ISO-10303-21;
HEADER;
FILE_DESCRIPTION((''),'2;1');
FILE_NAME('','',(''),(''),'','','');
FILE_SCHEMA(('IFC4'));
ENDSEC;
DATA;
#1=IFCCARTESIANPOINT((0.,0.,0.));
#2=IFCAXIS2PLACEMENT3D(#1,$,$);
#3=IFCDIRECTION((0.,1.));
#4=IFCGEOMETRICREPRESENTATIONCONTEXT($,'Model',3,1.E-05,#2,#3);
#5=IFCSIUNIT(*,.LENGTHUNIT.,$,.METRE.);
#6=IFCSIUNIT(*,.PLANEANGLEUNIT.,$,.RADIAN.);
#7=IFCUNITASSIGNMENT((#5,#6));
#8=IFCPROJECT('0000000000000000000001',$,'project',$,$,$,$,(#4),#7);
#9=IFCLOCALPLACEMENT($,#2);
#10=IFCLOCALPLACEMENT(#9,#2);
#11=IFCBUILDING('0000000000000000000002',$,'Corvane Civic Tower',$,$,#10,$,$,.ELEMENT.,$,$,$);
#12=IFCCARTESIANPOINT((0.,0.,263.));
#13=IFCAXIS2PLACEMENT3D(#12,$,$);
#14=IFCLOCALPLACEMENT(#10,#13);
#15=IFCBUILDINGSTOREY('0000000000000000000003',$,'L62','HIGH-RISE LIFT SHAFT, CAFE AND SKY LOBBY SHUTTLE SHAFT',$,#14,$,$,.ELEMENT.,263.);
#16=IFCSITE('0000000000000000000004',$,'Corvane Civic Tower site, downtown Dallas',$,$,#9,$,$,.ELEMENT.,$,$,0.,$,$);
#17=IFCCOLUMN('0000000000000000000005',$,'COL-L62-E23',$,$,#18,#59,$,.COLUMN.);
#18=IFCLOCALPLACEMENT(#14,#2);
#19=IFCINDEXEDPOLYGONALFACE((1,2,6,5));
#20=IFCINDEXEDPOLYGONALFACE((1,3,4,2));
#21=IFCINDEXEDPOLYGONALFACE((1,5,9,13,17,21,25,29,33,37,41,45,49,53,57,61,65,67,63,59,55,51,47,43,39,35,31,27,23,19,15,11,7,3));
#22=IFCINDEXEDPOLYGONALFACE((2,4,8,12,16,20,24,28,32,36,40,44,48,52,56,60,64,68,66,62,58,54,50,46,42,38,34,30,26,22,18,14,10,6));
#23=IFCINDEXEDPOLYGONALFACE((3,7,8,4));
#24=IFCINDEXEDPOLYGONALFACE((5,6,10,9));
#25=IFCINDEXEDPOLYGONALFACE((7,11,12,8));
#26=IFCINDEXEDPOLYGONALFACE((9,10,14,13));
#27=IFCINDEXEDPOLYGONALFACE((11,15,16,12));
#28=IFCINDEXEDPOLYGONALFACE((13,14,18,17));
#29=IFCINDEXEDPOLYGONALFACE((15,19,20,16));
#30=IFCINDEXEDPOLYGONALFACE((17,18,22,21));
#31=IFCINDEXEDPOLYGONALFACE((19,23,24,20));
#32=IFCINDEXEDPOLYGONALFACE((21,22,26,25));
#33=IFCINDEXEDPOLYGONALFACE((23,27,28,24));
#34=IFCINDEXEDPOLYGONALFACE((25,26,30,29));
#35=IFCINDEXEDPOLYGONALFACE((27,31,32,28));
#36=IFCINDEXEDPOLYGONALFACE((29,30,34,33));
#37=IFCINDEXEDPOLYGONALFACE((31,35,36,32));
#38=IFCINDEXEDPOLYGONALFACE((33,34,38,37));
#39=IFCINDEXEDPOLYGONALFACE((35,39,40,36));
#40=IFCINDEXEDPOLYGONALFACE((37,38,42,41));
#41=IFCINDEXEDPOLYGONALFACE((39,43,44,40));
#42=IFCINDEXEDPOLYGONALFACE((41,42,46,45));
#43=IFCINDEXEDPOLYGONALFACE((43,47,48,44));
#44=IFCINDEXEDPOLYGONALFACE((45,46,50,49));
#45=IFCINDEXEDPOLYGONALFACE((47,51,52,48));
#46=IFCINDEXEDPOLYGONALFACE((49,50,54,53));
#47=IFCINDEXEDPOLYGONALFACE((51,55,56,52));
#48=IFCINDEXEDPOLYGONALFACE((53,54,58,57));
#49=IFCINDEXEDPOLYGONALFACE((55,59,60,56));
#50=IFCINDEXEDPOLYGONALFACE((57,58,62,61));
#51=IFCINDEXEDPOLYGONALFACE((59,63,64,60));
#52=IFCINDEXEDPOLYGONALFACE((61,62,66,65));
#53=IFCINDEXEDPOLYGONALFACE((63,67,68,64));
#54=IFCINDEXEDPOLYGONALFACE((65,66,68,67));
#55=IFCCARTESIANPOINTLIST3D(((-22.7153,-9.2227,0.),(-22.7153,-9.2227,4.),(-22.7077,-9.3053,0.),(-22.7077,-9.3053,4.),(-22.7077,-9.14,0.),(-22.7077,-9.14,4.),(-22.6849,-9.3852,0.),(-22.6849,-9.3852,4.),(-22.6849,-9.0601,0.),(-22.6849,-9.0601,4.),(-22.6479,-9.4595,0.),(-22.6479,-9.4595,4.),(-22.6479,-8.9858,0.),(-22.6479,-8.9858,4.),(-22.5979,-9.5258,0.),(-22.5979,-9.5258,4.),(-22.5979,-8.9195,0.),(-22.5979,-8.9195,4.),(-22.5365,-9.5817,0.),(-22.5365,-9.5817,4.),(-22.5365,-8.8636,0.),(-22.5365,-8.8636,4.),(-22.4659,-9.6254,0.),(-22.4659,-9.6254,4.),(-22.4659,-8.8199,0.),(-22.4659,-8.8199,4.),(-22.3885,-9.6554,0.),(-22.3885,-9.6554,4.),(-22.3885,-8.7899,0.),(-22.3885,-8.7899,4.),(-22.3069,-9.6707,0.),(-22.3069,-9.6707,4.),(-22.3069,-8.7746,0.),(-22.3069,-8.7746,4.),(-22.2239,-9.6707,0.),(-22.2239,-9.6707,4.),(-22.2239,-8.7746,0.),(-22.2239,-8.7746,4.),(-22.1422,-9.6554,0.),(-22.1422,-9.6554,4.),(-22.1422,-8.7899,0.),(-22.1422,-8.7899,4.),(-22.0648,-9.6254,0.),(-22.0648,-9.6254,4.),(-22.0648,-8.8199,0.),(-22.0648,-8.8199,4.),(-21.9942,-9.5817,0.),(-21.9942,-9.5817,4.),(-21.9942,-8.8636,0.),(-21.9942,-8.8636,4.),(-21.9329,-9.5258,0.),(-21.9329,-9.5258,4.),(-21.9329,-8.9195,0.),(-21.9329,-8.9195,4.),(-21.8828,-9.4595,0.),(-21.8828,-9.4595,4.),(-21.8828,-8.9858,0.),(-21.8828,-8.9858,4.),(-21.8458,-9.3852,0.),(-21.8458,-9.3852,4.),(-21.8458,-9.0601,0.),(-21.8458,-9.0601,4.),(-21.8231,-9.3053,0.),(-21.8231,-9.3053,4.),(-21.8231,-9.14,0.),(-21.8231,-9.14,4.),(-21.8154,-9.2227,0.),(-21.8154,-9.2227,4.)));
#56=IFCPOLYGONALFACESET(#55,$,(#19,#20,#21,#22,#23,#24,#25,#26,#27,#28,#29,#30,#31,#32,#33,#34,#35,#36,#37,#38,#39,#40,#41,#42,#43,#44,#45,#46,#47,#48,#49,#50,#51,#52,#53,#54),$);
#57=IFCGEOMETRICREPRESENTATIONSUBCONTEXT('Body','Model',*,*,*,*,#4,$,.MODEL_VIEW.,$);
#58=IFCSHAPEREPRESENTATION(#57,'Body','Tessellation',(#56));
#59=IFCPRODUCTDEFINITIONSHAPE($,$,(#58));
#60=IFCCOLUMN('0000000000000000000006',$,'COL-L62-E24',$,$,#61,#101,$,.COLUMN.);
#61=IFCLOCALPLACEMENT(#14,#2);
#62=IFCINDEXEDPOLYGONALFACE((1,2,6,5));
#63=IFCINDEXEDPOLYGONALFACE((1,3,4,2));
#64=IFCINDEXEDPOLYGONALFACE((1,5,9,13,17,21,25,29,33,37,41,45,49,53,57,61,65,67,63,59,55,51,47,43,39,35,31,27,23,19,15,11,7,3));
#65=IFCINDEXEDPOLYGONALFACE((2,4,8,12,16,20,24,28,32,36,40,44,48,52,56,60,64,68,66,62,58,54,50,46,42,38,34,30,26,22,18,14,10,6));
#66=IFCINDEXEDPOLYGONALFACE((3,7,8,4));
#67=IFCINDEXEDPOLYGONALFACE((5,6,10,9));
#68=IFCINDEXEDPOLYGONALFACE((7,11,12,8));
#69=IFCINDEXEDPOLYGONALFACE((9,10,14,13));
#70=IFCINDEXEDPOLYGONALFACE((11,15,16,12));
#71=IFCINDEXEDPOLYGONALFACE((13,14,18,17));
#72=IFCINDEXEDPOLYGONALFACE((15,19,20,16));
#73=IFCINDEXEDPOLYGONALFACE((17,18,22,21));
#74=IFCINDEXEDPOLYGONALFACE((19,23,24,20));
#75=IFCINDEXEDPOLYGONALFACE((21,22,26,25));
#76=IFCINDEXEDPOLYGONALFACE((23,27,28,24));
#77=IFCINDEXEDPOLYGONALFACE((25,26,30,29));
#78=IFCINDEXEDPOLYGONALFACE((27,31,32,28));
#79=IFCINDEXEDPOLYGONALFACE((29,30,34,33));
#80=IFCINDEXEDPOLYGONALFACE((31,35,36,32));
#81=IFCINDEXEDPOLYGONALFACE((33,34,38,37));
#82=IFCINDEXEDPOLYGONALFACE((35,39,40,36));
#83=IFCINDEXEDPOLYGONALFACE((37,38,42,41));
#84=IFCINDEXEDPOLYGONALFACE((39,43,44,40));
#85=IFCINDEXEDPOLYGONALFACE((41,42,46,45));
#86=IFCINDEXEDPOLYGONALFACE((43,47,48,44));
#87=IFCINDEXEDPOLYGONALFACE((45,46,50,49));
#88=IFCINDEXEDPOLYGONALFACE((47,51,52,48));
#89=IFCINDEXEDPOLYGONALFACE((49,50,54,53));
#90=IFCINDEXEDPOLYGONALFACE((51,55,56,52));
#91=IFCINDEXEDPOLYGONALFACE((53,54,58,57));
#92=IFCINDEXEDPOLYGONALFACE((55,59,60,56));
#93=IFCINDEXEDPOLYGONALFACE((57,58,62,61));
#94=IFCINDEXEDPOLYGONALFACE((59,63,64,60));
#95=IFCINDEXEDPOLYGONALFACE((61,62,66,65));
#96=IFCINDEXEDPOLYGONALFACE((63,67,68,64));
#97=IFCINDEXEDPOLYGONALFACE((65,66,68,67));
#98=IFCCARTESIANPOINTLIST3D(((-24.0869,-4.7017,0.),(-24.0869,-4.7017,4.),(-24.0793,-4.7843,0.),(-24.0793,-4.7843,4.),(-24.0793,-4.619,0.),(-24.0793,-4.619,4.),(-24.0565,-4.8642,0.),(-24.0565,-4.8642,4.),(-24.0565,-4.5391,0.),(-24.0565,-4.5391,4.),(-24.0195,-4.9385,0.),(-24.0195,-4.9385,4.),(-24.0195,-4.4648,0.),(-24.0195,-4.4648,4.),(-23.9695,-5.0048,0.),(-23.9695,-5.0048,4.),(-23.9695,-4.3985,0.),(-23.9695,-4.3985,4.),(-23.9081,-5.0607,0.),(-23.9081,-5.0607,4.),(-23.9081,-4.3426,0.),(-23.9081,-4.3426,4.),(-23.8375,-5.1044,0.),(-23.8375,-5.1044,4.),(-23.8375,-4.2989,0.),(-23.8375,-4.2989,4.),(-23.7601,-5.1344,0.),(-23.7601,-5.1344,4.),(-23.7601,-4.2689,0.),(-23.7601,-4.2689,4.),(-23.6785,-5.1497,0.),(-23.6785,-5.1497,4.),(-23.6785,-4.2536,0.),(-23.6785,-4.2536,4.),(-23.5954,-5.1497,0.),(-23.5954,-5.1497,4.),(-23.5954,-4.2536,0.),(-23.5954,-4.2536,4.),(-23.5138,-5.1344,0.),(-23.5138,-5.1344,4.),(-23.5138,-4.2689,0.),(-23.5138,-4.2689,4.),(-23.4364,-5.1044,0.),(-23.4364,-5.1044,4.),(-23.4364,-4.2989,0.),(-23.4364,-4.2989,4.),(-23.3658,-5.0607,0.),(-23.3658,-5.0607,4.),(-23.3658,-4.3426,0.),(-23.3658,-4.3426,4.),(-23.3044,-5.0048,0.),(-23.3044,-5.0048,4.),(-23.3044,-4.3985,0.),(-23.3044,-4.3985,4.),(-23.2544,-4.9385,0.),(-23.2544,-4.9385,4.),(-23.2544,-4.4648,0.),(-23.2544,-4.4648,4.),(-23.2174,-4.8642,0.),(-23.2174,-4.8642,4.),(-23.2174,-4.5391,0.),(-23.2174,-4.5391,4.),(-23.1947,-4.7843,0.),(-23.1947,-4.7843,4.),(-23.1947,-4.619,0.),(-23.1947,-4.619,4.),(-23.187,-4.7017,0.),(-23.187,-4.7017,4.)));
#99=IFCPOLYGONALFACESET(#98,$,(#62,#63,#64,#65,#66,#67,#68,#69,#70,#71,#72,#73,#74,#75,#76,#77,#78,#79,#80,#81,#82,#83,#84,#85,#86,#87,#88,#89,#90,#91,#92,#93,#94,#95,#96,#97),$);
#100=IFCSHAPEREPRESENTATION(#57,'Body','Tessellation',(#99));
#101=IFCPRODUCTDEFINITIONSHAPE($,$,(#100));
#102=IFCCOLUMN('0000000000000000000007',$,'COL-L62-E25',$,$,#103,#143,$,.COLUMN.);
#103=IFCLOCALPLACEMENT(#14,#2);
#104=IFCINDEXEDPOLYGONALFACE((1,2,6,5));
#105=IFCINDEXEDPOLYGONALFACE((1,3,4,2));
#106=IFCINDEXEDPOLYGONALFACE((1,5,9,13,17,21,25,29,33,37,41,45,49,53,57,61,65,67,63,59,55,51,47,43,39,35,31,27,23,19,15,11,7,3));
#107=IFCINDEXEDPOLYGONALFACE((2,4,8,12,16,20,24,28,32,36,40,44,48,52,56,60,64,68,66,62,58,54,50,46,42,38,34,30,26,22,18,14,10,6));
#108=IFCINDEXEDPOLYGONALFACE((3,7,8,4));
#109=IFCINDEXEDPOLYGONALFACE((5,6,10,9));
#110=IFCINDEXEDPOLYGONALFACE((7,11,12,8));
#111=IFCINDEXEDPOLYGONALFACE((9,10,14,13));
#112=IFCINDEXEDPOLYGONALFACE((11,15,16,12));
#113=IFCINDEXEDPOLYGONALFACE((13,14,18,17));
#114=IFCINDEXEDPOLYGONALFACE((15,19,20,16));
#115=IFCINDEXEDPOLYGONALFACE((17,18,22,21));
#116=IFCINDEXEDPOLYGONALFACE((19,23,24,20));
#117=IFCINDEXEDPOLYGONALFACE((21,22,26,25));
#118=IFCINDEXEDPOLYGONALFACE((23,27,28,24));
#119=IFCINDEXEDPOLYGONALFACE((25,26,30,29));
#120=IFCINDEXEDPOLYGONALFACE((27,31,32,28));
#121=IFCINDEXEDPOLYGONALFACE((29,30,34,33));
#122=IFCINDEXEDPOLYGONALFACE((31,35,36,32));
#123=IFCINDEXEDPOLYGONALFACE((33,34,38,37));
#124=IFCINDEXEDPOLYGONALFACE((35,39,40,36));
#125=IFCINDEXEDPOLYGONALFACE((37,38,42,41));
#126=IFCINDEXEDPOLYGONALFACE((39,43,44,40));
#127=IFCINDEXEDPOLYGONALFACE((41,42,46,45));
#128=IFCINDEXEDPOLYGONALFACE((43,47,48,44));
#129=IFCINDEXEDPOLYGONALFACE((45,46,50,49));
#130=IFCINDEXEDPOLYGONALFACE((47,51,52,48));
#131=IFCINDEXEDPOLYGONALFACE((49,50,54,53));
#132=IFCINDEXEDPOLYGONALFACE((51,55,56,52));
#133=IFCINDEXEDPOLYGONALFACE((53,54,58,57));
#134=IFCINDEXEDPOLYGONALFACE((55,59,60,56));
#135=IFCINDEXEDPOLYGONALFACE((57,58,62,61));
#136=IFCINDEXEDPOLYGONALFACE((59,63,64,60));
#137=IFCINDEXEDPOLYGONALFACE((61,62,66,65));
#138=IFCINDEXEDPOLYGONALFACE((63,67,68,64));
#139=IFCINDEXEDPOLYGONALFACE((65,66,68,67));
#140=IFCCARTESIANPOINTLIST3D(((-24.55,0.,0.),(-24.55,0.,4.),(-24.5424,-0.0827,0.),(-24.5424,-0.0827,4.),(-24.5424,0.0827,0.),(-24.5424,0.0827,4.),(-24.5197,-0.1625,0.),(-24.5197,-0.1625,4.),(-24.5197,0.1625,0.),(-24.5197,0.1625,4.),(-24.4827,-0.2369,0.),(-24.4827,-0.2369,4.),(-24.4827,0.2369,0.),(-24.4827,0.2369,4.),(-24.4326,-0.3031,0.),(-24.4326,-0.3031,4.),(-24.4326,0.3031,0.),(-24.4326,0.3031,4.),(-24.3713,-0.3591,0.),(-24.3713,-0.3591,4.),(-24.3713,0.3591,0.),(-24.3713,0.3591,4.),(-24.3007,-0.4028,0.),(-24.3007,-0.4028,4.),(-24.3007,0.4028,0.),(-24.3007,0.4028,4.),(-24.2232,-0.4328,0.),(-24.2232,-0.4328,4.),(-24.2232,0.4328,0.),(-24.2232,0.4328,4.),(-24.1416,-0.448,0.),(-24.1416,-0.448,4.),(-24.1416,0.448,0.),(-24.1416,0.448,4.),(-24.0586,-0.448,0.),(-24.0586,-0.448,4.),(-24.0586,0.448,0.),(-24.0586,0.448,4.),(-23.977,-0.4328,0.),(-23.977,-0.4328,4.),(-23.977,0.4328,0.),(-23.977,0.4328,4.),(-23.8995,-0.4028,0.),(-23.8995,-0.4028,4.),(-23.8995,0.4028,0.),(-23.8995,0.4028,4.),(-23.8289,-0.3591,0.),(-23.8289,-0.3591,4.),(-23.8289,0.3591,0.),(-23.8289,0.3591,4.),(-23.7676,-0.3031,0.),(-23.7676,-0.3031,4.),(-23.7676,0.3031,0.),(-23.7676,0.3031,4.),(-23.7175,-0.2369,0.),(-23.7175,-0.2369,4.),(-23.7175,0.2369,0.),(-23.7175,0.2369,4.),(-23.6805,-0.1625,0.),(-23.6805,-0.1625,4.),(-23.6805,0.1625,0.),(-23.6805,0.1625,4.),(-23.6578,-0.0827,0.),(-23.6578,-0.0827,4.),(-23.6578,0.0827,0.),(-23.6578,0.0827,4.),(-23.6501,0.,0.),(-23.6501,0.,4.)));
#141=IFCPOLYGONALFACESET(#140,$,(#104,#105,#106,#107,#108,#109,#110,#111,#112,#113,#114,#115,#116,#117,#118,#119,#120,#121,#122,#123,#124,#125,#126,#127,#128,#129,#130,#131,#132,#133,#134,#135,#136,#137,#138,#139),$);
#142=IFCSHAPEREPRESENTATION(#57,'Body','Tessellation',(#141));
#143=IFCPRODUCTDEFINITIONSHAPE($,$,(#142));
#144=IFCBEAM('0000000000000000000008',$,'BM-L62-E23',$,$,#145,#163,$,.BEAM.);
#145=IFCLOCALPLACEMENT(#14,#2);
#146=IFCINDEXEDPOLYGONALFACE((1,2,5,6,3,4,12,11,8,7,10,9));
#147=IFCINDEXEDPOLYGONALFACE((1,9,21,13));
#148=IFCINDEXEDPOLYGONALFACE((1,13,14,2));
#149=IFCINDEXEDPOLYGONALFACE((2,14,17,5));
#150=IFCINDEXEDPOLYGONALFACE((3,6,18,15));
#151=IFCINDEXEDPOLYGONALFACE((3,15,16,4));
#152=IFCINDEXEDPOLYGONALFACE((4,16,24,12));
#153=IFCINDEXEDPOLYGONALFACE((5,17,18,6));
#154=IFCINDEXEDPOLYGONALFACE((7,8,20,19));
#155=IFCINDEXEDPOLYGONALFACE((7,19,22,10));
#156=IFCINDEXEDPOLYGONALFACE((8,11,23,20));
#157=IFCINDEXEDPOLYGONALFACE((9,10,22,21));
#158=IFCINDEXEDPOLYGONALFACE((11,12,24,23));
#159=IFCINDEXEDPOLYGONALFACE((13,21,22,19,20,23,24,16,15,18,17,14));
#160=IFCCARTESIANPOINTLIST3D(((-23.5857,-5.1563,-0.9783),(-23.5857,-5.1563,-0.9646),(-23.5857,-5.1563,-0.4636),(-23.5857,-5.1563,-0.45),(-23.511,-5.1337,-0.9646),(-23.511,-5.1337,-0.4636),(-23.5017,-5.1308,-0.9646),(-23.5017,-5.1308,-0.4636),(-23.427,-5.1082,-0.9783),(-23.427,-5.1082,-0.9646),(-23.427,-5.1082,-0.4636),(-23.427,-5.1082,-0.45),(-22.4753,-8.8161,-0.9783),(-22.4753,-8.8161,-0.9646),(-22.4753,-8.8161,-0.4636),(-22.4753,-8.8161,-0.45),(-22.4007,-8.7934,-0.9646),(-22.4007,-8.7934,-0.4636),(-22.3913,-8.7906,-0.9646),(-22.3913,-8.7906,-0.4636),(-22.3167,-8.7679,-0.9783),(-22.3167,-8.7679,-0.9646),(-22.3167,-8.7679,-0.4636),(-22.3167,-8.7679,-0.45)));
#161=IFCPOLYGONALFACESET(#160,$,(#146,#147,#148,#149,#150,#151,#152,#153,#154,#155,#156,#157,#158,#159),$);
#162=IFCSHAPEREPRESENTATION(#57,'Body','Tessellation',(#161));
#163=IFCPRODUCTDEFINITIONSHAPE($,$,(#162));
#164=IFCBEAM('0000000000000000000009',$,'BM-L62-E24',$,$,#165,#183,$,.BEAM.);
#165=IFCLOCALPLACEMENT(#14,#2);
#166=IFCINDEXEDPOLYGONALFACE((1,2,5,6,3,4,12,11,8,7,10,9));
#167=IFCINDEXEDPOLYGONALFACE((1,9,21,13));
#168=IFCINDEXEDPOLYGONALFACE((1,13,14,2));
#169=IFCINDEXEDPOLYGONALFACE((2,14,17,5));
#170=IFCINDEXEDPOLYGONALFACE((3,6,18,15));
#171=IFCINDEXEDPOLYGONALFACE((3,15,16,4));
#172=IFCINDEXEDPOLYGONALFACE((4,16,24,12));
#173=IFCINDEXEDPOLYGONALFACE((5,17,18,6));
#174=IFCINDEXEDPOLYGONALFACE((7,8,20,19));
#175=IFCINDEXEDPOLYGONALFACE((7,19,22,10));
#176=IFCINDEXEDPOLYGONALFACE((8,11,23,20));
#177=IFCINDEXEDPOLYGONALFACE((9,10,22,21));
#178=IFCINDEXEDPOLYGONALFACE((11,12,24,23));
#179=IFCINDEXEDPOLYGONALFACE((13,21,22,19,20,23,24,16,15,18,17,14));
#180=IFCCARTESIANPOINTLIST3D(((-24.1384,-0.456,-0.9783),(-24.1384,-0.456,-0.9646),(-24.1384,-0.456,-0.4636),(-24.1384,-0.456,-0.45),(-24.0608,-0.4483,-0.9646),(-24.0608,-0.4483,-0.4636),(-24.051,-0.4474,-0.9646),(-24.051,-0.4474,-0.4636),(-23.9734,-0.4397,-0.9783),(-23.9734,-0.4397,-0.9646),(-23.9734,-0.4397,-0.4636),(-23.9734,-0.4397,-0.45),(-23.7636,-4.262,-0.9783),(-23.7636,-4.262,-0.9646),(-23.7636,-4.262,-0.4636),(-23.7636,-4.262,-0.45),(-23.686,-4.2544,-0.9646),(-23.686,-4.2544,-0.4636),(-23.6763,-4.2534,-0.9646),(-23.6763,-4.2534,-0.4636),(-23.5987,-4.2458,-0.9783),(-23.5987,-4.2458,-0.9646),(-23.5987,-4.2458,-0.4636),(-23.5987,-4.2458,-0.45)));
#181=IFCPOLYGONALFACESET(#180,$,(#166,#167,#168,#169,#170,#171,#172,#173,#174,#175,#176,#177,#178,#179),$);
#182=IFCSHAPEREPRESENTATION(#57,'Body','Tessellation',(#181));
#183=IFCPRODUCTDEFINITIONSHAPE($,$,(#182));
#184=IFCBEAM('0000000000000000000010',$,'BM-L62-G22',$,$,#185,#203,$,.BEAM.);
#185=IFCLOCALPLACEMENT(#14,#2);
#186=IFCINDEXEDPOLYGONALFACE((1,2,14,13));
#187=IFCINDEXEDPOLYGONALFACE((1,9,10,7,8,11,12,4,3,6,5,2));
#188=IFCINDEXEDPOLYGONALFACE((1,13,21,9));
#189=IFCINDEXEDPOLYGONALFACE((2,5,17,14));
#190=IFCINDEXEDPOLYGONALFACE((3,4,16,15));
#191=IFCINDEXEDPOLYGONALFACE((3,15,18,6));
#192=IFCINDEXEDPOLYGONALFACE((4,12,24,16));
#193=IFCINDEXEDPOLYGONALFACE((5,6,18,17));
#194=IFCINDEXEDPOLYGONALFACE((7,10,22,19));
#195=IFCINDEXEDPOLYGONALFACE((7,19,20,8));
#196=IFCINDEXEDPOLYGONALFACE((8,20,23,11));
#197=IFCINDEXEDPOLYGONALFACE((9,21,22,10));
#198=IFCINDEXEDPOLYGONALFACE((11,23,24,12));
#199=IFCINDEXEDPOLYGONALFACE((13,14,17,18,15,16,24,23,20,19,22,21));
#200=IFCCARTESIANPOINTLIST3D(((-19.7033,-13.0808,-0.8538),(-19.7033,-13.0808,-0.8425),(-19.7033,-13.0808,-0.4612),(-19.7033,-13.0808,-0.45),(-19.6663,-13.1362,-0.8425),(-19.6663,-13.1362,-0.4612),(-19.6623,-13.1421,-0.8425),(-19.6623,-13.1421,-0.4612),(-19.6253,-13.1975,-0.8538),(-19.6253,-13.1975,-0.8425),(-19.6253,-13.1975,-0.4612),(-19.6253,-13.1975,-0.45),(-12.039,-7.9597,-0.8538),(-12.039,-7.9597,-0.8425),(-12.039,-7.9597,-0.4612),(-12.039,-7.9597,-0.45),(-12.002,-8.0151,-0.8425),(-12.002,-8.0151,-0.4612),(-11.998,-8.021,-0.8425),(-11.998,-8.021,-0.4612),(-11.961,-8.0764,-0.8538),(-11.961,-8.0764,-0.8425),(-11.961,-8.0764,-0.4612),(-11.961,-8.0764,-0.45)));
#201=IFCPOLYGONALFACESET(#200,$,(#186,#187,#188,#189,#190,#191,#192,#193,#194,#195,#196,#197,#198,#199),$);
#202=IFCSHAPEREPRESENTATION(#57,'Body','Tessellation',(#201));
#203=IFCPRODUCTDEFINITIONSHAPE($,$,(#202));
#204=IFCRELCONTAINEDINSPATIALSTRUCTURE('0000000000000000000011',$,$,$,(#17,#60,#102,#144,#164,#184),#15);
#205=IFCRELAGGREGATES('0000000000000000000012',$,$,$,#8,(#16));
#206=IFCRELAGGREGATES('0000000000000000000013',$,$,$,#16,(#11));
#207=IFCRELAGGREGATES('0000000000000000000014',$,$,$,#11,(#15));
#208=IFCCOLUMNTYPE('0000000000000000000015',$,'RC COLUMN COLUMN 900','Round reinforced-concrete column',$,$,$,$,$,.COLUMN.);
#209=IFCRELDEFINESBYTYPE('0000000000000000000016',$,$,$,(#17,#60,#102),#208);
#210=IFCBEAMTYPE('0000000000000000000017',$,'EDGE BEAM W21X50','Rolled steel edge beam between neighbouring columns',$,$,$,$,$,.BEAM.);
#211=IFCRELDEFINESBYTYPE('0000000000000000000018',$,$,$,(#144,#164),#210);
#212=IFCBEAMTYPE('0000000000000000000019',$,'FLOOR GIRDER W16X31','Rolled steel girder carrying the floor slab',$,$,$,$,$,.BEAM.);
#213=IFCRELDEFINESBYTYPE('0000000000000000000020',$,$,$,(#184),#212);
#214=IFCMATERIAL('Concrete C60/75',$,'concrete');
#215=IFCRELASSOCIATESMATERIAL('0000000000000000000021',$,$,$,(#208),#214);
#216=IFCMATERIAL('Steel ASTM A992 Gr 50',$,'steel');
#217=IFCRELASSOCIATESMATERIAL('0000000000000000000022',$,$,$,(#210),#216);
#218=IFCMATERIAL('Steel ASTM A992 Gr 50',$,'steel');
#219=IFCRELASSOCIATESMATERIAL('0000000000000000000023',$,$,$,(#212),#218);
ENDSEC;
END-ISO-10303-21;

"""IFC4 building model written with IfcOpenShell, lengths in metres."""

from ifc_helpers import new_model, si_unit, direction, frame, origin, origin_2d, place, context, subcontext, project, spatial, circle, i_section, extrude, material, material_profile, profile_set, type_object, element, save


model = new_model("IFC4")

# Units and contexts
model_context = context("Model", 3, precision=1e-05, world=origin(), true_north=direction((0.0, 1.0)))
body_context = subcontext(model_context, "Body", "Model", "MODEL_VIEW")
ifc_project = project(units=[si_unit("LENGTHUNIT", "METRE"), si_unit("PLANEANGLEUNIT", "RADIAN")], contexts=[model_context])

# Site, building, storey
site_placement = place(None, origin())
site = spatial("IfcSite", under=ifc_project, at=site_placement, Name="Corvane Civic Tower site, downtown Dallas", CompositionType="ELEMENT", RefElevation=0.0)
building_placement = place(site_placement, origin())
building = spatial("IfcBuilding", under=site, at=building_placement, Name="Corvane Civic Tower", CompositionType="ELEMENT")
storey_placement = place(building_placement, frame((0.0, 0.0, 263.0)))
storey = spatial("IfcBuildingStorey", under=building, at=storey_placement, Name="L62", Description="HIGH-RISE LIFT SHAFT, CAFE AND SKY LOBBY SHUTTLE SHAFT", CompositionType="ELEMENT", Elevation=263.0)

# Columns
ifc_material_1 = material(Name="Concrete C60/75", Category="concrete")
ifc_material_profile_1 = material_profile(ifc_material_1, circle(Radius=0.45, at=origin_2d()), Name="COLUMN 900")
ifc_profile_set_1 = profile_set([ifc_material_profile_1], Name="Concrete C60/75")
column_type = type_object("IfcColumnType", Name="RC COLUMN COLUMN 900", Description="Round reinforced-concrete column", PredefinedType="COLUMN", material=ifc_profile_set_1)
for number, where, z_axis, x_axis, name in (
    (1, (-22.2654, -9.2227, 0.0), (0.0, 0.0, 1.0), (1.0, 0.0, 0.0), "COL-L62-E23"),
    (2, (-23.637, -4.7017, 0.0), (0.0, 0.0, 1.0), (1.0, 0.0, 0.0), "COL-L62-E24"),
    (3, (-24.1001, 0.0, 0.0), (0.0, 0.0, 1.0), (1.0, 0.0, 0.0), "COL-L62-E25"),
):
    element("IfcColumn", number, at=place(storey_placement, frame(where, z_axis=z_axis, x_axis=x_axis)), inside=storey, type_object=column_type, Name=name, PredefinedType="COLUMN", context=body_context, shape_type="SweptSolid", body=[
        extrude(circle(Radius=0.45, at=origin_2d()), origin(), (0.0, 0.0, 1.0), 4.0),
    ])

# Beams
ifc_material_2 = material(Name="Steel ASTM A992 Gr 50", Category="steel")
ifc_material_profile_2 = material_profile(ifc_material_2, i_section(OverallWidth=0.1658, OverallDepth=0.5283, WebThickness=0.0098, FlangeThickness=0.0137, at=origin_2d()), Name="W21X50")
ifc_profile_set_2 = profile_set([ifc_material_profile_2], Name="Steel ASTM A992 Gr 50")
beam_type_1 = type_object("IfcBeamType", Name="EDGE BEAM W21X50", Description="Rolled steel edge beam between neighbouring columns", PredefinedType="BEAM", material=ifc_profile_set_2)
for number, where, z_axis, x_axis, name in (
    (4, (-22.396, -8.792, -0.7141), (-0.290333, 0.956926, 0.0), (-0.956926, -0.290333, 0.0), "BM-L62-E23"),
    (5, (-23.6812, -4.2539, -0.7141), (-0.097987, 0.995188, 0.0), (-0.995188, -0.097987, 0.0), "BM-L62-E24"),
):
    element("IfcBeam", number, at=place(storey_placement, frame(where, z_axis=z_axis, x_axis=x_axis)), inside=storey, type_object=beam_type_1, Name=name, PredefinedType="BEAM", context=body_context, shape_type="SweptSolid", body=[
        extrude(i_section(OverallWidth=0.1658, OverallDepth=0.5283, WebThickness=0.0098, FlangeThickness=0.0137, at=origin_2d()), origin(), (0.0, 0.0, 1.0), 3.8245),
    ])
ifc_material_3 = material(Name="Steel ASTM A992 Gr 50", Category="steel")
ifc_material_profile_3 = material_profile(ifc_material_3, i_section(OverallWidth=0.1404, OverallDepth=0.4038, WebThickness=0.0071, FlangeThickness=0.0112, at=origin_2d()), Name="W16X31")
ifc_profile_set_3 = profile_set([ifc_material_profile_3], Name="Steel ASTM A992 Gr 50")
beam_type_2 = type_object("IfcBeamType", Name="FLOOR GIRDER W16X31", Description="Rolled steel girder carrying the floor slab", PredefinedType="BEAM", material=ifc_profile_set_3)
beam_1_placement = place(storey_placement, frame((-12.0, -8.0181, -0.6519), z_axis=(-0.831471, -0.555568, 0.0), x_axis=(0.555568, -0.831471, 0.0)))
element("IfcBeam", 6, at=beam_1_placement, inside=storey, type_object=beam_type_2, Name="BM-L62-G22", PredefinedType="BEAM", context=body_context, shape_type="SweptSolid", body=[
    extrude(i_section(OverallWidth=0.1404, OverallDepth=0.4038, WebThickness=0.0071, FlangeThickness=0.0112, at=origin_2d()), origin(), (0.0, 0.0, 1.0), 9.2178),
])

save(model, "model.ifc")
